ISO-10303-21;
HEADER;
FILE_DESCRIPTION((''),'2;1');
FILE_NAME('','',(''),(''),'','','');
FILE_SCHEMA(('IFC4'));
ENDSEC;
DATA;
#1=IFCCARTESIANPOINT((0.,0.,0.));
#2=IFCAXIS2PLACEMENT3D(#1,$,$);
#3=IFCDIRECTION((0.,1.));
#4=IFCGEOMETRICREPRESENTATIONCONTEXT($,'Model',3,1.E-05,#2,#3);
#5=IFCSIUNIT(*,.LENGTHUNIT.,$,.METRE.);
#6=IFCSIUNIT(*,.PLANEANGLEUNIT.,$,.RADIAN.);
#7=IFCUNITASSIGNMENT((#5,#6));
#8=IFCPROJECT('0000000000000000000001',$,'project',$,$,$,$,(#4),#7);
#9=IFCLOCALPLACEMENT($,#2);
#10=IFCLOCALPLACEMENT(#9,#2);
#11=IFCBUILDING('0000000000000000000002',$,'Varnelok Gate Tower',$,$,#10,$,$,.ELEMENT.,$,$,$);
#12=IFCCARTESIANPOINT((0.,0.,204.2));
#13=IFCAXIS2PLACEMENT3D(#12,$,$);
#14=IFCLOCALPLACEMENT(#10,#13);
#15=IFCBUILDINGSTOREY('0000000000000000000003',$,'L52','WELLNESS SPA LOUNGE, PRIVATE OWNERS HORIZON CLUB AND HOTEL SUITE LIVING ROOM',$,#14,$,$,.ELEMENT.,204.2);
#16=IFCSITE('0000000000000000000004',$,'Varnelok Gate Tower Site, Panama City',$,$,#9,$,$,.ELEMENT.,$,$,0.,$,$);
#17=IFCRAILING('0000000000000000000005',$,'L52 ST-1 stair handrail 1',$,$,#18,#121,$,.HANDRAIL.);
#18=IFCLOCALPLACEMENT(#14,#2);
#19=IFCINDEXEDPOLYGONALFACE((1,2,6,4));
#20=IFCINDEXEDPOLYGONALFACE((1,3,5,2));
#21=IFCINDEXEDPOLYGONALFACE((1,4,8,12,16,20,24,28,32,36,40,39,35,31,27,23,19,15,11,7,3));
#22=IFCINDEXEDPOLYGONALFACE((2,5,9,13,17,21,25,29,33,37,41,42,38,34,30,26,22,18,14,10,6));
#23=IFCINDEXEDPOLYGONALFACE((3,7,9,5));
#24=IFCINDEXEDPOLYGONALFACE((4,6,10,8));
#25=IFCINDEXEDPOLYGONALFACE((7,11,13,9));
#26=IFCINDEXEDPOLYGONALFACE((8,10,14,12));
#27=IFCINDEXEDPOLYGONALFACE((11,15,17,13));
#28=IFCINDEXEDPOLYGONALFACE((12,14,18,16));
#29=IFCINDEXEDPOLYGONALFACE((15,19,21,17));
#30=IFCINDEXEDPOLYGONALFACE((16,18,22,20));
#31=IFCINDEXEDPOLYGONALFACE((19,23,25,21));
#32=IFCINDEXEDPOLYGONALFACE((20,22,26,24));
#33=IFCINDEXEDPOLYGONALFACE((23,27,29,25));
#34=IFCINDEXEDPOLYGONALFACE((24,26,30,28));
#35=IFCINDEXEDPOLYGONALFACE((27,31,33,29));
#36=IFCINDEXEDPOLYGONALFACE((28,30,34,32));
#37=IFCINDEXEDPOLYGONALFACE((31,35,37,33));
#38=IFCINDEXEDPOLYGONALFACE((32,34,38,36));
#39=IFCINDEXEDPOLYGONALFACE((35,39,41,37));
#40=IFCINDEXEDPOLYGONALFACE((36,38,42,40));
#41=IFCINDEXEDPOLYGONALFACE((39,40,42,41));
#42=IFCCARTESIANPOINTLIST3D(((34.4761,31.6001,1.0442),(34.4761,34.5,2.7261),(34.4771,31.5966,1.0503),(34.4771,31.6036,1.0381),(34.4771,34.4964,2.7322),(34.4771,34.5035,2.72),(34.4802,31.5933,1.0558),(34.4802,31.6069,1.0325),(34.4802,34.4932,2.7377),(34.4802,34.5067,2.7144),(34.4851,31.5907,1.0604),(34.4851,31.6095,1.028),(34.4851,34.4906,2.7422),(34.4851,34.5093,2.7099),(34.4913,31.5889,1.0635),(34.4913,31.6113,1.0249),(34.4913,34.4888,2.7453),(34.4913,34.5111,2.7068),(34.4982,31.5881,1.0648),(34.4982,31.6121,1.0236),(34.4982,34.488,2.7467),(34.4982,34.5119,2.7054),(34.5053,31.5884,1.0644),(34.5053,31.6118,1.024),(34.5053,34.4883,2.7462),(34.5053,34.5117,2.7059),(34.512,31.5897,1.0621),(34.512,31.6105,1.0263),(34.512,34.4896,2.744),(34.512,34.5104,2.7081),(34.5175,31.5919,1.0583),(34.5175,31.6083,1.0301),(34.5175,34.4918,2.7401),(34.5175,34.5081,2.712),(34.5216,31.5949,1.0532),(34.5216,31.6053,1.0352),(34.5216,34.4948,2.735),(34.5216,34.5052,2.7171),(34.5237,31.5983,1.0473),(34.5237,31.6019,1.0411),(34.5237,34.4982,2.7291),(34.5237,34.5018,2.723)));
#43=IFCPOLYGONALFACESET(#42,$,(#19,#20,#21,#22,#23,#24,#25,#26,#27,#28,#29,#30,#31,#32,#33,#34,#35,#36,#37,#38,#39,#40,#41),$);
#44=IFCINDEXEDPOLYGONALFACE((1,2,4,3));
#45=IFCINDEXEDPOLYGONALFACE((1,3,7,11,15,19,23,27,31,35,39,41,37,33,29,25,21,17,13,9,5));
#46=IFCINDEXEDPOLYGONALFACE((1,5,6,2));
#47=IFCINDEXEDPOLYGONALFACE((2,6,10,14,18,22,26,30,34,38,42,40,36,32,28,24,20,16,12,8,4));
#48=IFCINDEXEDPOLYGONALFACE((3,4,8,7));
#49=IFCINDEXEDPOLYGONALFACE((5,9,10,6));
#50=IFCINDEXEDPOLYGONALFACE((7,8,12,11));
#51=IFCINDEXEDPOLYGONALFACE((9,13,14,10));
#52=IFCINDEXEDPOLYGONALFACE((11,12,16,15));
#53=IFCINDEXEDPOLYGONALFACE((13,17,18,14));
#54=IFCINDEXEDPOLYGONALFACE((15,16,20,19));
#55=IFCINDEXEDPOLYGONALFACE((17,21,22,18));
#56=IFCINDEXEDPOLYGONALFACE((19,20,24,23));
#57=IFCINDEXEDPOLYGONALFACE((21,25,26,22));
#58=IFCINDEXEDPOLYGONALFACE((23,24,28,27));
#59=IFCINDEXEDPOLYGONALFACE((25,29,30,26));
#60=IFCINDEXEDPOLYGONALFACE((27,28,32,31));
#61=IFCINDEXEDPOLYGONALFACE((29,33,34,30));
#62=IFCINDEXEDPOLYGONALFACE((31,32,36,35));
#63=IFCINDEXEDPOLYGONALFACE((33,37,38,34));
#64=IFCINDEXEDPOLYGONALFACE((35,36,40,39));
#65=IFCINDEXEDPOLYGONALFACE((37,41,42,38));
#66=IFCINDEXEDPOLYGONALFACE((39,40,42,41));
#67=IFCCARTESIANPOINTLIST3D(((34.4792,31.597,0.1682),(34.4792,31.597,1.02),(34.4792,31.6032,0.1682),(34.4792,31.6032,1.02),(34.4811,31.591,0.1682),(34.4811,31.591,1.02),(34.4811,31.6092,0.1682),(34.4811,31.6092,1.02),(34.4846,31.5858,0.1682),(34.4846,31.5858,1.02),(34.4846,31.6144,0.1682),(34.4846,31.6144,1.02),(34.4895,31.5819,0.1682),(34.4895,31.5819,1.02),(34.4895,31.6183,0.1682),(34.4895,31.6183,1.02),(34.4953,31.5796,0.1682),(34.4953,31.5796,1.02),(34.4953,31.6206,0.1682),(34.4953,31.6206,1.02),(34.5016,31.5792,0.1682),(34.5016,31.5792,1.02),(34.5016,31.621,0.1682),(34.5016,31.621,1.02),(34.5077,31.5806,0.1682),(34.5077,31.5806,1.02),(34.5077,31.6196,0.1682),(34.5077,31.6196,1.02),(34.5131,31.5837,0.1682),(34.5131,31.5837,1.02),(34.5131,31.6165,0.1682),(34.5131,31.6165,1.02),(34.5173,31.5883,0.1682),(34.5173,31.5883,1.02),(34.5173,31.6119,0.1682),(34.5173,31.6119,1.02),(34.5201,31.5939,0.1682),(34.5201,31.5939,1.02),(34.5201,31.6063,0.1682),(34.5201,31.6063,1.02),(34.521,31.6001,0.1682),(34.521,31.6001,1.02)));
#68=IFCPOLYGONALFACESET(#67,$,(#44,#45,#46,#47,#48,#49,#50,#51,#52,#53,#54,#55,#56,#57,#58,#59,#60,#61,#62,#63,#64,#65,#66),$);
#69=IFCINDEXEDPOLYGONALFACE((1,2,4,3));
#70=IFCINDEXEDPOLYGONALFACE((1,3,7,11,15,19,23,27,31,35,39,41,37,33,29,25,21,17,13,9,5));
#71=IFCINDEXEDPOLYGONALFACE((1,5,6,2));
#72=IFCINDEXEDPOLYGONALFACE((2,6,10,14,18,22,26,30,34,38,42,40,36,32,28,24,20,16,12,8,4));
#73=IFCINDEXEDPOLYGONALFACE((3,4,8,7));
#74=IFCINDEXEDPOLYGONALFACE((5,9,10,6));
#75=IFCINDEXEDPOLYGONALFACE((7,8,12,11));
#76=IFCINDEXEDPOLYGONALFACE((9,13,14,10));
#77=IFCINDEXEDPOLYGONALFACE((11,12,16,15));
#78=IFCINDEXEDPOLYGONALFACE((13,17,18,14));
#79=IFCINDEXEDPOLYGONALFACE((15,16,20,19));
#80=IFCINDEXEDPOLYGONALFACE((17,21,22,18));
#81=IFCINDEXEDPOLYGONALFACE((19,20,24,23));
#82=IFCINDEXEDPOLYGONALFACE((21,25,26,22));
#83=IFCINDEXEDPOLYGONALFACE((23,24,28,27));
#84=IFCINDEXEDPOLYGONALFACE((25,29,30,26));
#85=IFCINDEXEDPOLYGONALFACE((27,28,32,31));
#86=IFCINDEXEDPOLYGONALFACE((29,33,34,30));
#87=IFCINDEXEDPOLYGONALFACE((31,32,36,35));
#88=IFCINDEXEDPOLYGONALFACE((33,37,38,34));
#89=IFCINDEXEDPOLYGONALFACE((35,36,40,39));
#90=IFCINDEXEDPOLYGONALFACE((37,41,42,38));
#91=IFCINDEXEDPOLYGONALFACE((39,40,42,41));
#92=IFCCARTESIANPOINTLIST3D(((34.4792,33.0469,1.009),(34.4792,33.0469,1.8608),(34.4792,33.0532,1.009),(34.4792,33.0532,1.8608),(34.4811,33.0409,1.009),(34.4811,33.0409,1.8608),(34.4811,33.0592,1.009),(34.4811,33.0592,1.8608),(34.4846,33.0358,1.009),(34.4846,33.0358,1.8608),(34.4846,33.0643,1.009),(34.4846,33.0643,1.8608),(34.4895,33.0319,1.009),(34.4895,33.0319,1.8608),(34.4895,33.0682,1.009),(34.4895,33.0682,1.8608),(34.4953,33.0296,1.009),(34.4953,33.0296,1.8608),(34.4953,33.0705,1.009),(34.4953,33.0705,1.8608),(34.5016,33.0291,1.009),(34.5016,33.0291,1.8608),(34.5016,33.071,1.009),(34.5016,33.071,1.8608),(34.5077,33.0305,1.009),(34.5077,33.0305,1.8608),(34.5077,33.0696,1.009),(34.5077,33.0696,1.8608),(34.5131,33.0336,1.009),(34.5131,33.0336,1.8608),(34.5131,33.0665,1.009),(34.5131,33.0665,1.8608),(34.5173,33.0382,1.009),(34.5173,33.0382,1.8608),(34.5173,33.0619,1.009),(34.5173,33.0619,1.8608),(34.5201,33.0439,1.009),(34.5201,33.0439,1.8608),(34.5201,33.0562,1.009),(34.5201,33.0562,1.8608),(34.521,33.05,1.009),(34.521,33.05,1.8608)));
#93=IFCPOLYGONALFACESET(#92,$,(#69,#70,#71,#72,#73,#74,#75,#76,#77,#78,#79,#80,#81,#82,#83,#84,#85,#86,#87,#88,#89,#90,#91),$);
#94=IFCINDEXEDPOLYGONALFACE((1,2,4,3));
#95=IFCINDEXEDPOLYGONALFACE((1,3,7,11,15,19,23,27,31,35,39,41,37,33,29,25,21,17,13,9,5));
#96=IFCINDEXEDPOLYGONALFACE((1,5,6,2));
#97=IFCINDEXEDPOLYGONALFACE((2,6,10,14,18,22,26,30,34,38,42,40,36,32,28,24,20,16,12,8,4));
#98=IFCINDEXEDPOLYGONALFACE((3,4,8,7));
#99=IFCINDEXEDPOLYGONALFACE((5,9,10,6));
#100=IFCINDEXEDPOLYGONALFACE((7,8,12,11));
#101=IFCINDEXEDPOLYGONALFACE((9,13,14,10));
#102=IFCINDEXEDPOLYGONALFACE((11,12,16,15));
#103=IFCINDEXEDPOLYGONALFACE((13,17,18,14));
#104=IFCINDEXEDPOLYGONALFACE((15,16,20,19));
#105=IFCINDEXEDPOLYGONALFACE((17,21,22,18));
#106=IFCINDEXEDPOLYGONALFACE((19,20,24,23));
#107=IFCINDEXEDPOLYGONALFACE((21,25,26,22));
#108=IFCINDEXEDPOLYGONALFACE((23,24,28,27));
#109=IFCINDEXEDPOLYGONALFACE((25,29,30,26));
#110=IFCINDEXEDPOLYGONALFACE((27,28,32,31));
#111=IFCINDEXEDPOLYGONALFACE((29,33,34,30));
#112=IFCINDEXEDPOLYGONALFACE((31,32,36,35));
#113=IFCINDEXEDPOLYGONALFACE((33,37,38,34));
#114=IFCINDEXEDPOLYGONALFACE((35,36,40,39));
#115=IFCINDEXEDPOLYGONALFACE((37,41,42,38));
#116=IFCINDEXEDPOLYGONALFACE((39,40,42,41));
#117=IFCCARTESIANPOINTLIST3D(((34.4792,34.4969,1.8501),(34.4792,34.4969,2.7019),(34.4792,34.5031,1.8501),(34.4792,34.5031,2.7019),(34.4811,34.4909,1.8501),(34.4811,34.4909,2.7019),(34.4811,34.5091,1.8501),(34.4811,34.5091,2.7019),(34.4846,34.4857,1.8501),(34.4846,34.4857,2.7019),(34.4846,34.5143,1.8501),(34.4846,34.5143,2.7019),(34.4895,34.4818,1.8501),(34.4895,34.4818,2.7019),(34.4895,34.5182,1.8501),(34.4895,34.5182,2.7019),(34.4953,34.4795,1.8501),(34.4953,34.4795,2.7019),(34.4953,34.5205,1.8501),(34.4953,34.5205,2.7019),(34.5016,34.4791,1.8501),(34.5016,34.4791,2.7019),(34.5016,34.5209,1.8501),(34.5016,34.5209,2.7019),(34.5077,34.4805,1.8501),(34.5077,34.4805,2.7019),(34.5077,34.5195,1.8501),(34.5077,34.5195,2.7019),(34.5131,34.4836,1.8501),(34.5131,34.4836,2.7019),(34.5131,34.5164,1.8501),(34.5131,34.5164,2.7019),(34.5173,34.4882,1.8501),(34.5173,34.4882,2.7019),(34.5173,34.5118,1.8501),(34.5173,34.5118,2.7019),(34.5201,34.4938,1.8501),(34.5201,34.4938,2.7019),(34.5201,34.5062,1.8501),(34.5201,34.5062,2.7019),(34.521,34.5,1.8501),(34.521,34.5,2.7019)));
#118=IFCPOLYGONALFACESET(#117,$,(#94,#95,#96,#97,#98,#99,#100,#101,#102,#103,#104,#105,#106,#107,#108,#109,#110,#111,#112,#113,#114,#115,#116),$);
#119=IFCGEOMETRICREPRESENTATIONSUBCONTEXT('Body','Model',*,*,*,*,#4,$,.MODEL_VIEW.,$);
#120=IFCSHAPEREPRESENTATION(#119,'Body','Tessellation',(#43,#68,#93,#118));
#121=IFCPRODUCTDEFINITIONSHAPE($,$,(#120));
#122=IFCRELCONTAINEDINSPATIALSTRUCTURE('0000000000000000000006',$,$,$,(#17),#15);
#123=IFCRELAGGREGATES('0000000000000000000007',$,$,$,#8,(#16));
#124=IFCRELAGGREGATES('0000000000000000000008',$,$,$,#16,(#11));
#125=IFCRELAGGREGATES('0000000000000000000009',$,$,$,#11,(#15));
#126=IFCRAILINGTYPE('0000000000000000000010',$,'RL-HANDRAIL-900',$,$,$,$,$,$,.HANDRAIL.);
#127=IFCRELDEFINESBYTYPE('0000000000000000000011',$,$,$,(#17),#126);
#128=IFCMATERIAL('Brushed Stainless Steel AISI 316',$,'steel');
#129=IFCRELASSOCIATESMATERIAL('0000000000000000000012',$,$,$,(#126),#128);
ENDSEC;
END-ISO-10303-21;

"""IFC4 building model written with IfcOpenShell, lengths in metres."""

from ifc_helpers import new_model, si_unit, direction, frame, origin, origin_2d, place, context, subcontext, project, spatial, circle, extrude, material, type_object, element, save


model = new_model("IFC4")

# Units and contexts
model_context = context("Model", 3, precision=1e-05, world=origin(), true_north=direction((0.0, 1.0)))
body_context = subcontext(model_context, "Body", "Model", "MODEL_VIEW")
ifc_project = project(units=[si_unit("LENGTHUNIT", "METRE"), si_unit("PLANEANGLEUNIT", "RADIAN")], contexts=[model_context])

# Site, building, storey
site_placement = place(None, origin())
site = spatial("IfcSite", under=ifc_project, at=site_placement, Name="Varnelok Gate Tower Site, Panama City", CompositionType="ELEMENT", RefElevation=0.0)
building_placement = place(site_placement, origin())
building = spatial("IfcBuilding", under=site, at=building_placement, Name="Varnelok Gate Tower", CompositionType="ELEMENT")
storey_placement = place(building_placement, frame((0.0, 0.0, 204.2)))
storey = spatial("IfcBuildingStorey", under=building, at=storey_placement, Name="L52", Description="WELLNESS SPA LOUNGE, PRIVATE OWNERS HORIZON CLUB AND HOTEL SUITE LIVING ROOM", CompositionType="ELEMENT", Elevation=204.2)

# Railing
ifc_material_1 = material(Name="Brushed Stainless Steel AISI 316", Category="steel")
railing_type_1 = type_object("IfcRailingType", Name="RL-HANDRAIL-900", PredefinedType="HANDRAIL", material=ifc_material_1)
railing_1_placement = place(storey_placement, frame((34.5, 31.6001, 0.1682)))
element("IfcRailing", 1, at=railing_1_placement, inside=storey, type_object=railing_type_1, Name="L52 ST-1 stair handrail 1", PredefinedType="HANDRAIL", context=body_context, shape_type="SweptSolid", body=[
    extrude(circle(Radius=0.0239, at=origin_2d()), frame((0.0, 0.0, 0.876), z_axis=(0.0, 0.865039, 0.501705), x_axis=(-1.0, 0.0, 0.0)), (0.0, 0.0, 1.0), 3.3523),
    extrude(circle(Radius=0.021, at=origin_2d()), origin(), (0.0, 0.0, 1.0), 0.8518),
    extrude(circle(Radius=0.021, at=origin_2d()), frame((0.0, 1.45, 0.8408)), (0.0, 0.0, 1.0), 0.8518),
    extrude(circle(Radius=0.021, at=origin_2d()), frame((0.0, 2.8999, 1.6819)), (0.0, 0.0, 1.0), 0.8518),
])

save(model, "model.ifc")
